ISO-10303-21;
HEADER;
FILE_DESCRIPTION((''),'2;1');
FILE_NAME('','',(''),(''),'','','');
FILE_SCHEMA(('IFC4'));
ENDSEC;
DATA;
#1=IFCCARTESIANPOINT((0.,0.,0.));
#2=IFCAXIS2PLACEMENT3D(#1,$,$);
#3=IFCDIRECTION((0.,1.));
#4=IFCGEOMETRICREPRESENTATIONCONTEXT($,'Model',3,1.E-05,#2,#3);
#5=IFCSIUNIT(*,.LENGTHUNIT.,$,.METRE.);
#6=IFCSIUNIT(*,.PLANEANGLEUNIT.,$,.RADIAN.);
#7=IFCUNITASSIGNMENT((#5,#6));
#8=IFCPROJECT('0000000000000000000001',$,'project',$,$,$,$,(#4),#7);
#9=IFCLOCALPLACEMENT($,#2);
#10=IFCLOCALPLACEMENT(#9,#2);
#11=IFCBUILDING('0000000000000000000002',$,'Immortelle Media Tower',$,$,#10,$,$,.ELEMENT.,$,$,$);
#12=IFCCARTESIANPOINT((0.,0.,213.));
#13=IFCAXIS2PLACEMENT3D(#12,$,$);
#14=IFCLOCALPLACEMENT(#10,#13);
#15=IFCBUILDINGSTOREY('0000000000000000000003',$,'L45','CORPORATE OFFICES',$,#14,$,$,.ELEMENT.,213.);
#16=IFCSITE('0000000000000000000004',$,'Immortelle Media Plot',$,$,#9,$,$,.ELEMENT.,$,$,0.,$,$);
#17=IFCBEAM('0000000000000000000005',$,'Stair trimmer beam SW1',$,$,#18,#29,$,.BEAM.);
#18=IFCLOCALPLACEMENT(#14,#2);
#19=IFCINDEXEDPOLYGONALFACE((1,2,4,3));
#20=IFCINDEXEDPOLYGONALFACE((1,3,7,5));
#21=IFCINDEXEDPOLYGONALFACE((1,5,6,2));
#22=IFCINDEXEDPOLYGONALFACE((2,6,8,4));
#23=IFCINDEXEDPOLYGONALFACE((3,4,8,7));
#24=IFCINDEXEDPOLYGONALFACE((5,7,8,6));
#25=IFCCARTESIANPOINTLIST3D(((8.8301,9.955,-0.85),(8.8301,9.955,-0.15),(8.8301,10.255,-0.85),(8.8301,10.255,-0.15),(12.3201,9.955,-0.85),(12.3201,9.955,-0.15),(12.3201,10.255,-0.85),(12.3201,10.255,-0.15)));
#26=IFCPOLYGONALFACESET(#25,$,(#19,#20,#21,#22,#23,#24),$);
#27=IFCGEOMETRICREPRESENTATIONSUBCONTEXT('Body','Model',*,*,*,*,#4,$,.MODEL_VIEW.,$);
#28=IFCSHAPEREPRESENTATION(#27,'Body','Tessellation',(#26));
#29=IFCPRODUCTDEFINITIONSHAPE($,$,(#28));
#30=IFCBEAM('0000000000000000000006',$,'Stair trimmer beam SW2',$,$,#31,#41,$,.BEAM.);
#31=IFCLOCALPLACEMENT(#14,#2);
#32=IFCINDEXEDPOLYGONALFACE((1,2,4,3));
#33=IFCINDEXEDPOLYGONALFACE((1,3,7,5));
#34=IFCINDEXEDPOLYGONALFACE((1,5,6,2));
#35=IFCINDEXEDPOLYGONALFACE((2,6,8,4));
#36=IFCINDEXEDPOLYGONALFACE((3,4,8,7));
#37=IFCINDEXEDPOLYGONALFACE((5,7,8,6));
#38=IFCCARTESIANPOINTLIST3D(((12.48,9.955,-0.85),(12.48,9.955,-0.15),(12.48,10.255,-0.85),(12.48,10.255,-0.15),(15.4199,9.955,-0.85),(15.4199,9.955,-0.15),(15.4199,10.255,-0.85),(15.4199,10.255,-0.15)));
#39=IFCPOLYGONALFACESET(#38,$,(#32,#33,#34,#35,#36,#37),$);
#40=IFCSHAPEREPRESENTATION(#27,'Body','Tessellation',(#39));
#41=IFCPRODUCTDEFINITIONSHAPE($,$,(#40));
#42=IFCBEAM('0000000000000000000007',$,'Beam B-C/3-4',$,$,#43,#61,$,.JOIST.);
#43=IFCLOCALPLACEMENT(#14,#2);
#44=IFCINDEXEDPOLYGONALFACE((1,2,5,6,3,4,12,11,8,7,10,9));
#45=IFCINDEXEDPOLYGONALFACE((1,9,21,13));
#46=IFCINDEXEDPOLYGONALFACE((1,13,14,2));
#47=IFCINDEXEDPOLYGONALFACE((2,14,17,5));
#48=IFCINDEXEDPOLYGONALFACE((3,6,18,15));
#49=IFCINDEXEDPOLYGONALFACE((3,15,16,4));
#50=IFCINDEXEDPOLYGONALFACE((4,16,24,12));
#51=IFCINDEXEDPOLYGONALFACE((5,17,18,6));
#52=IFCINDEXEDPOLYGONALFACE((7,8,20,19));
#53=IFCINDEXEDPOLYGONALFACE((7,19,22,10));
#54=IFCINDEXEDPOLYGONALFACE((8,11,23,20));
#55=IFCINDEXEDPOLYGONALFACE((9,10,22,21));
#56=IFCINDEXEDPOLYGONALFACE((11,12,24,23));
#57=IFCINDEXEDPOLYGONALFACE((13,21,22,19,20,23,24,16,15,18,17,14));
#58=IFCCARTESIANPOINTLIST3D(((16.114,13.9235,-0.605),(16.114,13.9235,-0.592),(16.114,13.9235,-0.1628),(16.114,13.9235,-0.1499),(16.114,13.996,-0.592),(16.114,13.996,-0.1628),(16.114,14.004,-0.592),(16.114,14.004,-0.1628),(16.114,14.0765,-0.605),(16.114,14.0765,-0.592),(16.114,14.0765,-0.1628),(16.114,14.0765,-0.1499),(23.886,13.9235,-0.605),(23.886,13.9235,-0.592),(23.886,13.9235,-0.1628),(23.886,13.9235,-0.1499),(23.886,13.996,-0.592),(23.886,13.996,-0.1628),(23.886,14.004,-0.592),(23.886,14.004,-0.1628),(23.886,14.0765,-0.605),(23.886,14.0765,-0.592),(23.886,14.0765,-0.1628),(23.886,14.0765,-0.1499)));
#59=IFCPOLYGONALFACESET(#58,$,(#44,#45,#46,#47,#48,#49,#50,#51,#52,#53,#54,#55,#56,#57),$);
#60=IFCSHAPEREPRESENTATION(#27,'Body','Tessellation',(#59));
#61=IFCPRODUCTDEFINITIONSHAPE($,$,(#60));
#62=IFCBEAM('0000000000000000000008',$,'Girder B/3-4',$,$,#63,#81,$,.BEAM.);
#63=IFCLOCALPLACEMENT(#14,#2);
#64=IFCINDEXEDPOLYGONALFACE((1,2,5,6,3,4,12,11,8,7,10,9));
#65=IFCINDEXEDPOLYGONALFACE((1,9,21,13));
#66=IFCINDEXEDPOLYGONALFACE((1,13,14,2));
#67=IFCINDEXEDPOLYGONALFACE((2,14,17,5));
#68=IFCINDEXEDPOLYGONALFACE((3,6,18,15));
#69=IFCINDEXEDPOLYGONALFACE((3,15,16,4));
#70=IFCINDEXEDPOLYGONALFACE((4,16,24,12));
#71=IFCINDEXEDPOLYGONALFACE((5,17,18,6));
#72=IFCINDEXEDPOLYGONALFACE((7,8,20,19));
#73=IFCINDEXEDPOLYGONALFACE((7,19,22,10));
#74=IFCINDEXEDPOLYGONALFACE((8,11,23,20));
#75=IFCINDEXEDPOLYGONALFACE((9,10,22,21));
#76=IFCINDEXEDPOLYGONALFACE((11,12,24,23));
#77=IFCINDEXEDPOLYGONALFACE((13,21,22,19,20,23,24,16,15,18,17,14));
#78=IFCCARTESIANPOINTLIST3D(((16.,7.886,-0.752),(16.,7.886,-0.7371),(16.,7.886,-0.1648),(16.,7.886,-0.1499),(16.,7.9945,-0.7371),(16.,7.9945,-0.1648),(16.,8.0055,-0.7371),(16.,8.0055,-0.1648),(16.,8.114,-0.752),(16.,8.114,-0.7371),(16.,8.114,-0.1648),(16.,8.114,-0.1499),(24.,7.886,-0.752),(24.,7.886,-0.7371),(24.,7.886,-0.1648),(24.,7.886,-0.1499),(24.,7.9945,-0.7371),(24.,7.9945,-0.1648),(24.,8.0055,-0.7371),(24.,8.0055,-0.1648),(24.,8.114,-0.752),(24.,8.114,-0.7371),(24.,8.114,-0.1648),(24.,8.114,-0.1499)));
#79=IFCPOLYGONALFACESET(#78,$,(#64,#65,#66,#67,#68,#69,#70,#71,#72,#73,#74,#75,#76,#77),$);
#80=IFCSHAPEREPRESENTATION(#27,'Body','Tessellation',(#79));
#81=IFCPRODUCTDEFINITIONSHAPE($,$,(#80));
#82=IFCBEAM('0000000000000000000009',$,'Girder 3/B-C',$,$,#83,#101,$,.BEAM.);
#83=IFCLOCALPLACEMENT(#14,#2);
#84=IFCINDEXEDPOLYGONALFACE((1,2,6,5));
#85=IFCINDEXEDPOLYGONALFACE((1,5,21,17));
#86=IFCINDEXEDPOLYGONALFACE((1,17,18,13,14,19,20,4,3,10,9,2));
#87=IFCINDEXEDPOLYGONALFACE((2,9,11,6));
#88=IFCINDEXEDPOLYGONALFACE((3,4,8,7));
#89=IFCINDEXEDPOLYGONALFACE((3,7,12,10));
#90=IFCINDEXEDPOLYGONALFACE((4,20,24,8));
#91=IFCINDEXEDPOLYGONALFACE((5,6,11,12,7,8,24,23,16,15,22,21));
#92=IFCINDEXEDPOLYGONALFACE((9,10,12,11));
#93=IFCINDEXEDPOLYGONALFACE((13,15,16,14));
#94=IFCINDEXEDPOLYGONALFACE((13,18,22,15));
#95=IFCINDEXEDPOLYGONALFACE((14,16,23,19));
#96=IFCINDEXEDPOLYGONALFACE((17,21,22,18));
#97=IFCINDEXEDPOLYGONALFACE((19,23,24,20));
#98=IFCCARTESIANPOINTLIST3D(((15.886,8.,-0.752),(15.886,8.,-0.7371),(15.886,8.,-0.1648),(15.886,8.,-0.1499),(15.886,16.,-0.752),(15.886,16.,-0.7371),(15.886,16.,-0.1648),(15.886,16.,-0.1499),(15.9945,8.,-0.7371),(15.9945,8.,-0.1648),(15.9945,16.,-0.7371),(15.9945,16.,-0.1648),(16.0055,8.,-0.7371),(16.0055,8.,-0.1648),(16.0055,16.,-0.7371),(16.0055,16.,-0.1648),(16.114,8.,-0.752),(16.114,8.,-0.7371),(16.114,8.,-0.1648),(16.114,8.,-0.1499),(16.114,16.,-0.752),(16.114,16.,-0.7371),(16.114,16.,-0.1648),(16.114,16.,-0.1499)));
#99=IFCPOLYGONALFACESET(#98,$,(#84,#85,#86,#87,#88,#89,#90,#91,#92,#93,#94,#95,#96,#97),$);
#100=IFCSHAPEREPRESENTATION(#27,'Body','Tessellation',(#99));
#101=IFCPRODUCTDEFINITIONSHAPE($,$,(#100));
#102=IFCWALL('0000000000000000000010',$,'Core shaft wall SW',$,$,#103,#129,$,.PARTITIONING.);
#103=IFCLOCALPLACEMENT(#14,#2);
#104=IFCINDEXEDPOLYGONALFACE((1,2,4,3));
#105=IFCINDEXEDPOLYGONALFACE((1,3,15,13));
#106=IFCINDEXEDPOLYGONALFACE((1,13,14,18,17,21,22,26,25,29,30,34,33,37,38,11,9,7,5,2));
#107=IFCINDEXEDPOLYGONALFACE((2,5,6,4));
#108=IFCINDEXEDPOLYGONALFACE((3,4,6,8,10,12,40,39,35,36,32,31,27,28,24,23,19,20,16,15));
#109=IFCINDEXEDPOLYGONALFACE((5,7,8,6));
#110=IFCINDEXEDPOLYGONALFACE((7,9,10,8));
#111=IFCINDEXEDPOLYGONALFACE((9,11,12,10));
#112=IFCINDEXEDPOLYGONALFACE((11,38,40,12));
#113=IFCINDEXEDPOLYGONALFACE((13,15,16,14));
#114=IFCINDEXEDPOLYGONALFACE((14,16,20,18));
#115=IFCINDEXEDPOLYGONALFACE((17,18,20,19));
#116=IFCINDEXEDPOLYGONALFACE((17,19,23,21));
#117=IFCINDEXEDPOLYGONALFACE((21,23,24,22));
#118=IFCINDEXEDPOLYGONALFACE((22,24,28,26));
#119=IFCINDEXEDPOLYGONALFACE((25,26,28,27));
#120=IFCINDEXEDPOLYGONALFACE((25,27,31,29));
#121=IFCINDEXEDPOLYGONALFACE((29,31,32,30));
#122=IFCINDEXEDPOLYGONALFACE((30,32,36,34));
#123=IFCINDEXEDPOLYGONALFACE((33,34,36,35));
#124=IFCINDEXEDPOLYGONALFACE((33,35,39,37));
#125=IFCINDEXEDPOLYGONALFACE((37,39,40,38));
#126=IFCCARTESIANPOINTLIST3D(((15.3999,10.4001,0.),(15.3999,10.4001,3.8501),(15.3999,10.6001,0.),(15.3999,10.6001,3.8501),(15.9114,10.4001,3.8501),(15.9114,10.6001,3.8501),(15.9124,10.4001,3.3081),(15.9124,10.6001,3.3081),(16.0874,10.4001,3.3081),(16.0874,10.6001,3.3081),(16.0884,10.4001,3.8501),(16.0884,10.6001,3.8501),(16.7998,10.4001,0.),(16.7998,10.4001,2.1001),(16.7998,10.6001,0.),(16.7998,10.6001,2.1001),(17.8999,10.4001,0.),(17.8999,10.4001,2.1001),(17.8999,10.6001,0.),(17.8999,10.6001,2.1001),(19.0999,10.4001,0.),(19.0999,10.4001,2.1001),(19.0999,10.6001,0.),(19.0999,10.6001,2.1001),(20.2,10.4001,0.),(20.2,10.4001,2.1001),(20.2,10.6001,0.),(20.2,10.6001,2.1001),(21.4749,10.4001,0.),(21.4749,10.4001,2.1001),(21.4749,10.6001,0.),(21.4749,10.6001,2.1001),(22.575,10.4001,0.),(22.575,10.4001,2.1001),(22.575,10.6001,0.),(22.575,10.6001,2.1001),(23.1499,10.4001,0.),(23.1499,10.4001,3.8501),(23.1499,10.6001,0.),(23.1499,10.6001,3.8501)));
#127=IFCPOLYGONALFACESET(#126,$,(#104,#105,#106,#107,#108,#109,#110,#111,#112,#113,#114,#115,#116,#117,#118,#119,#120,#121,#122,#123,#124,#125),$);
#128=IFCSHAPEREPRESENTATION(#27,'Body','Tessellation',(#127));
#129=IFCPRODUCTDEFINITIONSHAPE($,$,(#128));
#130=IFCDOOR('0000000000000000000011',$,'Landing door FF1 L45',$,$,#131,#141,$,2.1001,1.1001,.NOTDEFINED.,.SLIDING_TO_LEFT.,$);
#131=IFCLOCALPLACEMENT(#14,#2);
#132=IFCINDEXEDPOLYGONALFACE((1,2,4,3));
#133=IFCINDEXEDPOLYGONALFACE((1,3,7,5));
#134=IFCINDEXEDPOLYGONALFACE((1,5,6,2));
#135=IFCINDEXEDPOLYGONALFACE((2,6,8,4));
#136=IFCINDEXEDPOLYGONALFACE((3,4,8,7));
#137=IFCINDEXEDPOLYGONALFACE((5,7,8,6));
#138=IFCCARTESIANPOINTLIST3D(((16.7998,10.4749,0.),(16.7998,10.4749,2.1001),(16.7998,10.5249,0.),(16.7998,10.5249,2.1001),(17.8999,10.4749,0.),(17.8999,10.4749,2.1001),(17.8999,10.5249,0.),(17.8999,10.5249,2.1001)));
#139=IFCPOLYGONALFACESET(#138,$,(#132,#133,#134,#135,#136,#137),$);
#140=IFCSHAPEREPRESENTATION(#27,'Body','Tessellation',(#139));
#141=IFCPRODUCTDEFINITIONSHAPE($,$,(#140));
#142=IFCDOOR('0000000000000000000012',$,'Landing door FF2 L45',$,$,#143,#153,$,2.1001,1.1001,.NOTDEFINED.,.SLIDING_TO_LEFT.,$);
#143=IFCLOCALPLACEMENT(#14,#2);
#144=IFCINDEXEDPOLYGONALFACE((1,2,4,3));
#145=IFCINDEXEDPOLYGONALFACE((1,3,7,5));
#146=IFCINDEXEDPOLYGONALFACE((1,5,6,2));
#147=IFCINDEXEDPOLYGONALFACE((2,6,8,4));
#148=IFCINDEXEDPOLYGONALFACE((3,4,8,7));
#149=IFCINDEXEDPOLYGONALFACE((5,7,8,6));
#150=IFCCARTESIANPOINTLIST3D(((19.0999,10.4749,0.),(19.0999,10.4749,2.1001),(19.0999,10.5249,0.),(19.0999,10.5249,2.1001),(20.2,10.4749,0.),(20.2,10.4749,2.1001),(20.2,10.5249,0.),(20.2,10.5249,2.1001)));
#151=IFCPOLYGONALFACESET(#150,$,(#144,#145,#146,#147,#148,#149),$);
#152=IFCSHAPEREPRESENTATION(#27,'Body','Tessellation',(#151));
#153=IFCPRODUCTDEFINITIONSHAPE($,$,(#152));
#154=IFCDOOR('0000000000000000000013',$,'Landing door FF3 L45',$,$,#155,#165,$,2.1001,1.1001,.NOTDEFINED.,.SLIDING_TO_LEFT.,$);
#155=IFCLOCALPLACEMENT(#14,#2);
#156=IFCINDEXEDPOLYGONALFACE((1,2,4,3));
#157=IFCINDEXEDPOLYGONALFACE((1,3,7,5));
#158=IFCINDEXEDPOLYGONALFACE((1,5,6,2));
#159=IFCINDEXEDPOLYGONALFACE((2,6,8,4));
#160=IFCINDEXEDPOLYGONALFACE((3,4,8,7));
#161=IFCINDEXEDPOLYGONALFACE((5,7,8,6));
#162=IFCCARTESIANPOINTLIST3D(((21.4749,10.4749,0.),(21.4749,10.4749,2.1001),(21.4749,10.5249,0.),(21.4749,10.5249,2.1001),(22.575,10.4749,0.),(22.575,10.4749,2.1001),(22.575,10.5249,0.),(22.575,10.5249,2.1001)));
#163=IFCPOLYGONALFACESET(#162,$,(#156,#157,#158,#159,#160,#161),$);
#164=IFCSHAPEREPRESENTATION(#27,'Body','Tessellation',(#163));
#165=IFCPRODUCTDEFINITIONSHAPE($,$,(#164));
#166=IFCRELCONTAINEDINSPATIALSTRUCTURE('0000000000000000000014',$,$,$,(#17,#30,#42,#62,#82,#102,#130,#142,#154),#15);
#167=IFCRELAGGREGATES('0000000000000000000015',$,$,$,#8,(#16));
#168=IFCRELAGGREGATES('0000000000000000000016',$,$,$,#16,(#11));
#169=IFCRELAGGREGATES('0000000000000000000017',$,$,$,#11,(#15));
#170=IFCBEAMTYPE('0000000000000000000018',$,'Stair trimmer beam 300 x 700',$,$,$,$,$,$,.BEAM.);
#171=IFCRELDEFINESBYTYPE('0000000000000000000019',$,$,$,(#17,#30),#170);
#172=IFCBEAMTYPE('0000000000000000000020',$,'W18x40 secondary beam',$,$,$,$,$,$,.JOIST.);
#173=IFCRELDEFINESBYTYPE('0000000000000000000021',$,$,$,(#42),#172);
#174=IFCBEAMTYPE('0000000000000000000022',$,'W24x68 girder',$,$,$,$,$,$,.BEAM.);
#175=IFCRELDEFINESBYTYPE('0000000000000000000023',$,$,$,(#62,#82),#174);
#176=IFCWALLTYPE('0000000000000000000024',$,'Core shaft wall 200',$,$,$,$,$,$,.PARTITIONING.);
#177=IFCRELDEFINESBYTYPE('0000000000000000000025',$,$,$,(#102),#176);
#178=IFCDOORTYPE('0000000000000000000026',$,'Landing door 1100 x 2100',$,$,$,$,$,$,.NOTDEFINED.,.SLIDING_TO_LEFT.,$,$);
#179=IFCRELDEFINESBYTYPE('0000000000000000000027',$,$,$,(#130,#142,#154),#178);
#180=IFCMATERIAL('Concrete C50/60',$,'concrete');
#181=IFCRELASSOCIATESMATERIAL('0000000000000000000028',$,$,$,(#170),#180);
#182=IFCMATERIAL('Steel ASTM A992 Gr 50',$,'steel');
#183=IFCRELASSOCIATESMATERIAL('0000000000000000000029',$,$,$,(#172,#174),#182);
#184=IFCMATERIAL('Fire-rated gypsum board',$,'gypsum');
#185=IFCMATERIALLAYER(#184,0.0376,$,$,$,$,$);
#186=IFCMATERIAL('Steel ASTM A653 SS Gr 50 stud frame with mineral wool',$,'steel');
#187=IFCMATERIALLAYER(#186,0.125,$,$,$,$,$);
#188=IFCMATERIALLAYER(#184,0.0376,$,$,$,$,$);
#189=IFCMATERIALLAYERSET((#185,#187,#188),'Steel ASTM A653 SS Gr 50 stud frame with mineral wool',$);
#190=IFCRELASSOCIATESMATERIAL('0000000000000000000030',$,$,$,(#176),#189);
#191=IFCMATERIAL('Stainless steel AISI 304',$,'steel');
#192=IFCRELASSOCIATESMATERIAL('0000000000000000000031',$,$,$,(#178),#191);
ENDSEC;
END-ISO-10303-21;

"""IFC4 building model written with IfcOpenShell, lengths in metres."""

from ifc_helpers import new_model, si_unit, direction, frame, frame_2d, origin, origin_2d, place, context, subcontext, project, spatial, polyline, rectangle, i_section, outline, extrude, material, layer, layer_set, material_profile, profile_set, type_object, element, fill, save


model = new_model("IFC4")

# Units and contexts
model_context = context("Model", 3, precision=1e-05, world=origin(), true_north=direction((0.0, 1.0)))
body_context = subcontext(model_context, "Body", "Model", "MODEL_VIEW")
ifc_project = project(units=[si_unit("LENGTHUNIT", "METRE"), si_unit("PLANEANGLEUNIT", "RADIAN")], contexts=[model_context])

# Site, building, storey
site_placement = place(None, origin())
site = spatial("IfcSite", under=ifc_project, at=site_placement, Name="Immortelle Media Plot", CompositionType="ELEMENT", RefElevation=0.0)
building_placement = place(site_placement, origin())
building = spatial("IfcBuilding", under=site, at=building_placement, Name="Immortelle Media Tower", CompositionType="ELEMENT")
storey_placement = place(building_placement, frame((0.0, 0.0, 213.0)))
storey = spatial("IfcBuildingStorey", under=building, at=storey_placement, Name="L45", Description="CORPORATE OFFICES", CompositionType="ELEMENT", Elevation=213.0)

# Beams
ifc_material_1 = material(Name="Concrete C50/60", Category="concrete")
ifc_material_profile_1 = material_profile(ifc_material_1, rectangle(XDim=0.3, YDim=0.7, at=origin_2d()), Name="RC 300x700")
ifc_profile_set_1 = profile_set([ifc_material_profile_1], Name="Concrete C50/60")
beam_type_1 = type_object("IfcBeamType", Name="Stair trimmer beam 300 x 700", PredefinedType="BEAM", material=ifc_profile_set_1)
beam_1_placement = place(storey_placement, frame((8.8301, 10.105, -0.5), z_axis=(1.0, 0.0, 0.0), x_axis=(0.0, 1.0, 0.0)))
element("IfcBeam", 1, at=beam_1_placement, inside=storey, type_object=beam_type_1, Name="Stair trimmer beam SW1", PredefinedType="BEAM", context=body_context, shape_type="SweptSolid", body=[
    extrude(rectangle(XDim=0.3, YDim=0.7, at=origin_2d()), origin(), (0.0, 0.0, 1.0), 3.49),
])
beam_2_placement = place(storey_placement, frame((12.48, 10.105, -0.5), z_axis=(1.0, 0.0, 0.0), x_axis=(0.0, 1.0, 0.0)))
element("IfcBeam", 2, at=beam_2_placement, inside=storey, type_object=beam_type_1, Name="Stair trimmer beam SW2", PredefinedType="BEAM", context=body_context, shape_type="SweptSolid", body=[
    extrude(rectangle(XDim=0.3, YDim=0.7, at=origin_2d()), origin(), (0.0, 0.0, 1.0), 2.9399),
])
ifc_material_2 = material(Name="Steel ASTM A992 Gr 50", Category="steel")
ifc_material_profile_2 = material_profile(ifc_material_2, i_section(OverallWidth=0.1531, OverallDepth=0.4551, WebThickness=0.0081, FlangeThickness=0.0129, at=origin_2d()), Name="W18x40")
ifc_profile_set_2 = profile_set([ifc_material_profile_2], Name="Steel ASTM A992 Gr 50")
beam_type_2 = type_object("IfcBeamType", Name="W18x40 secondary beam", PredefinedType="JOIST", material=ifc_profile_set_2)
beam_3_placement = place(storey_placement, frame((16.114, 14.0, -0.3774), z_axis=(1.0, 0.0, 0.0), x_axis=(0.0, 1.0, 0.0)))
element("IfcBeam", 3, at=beam_3_placement, inside=storey, type_object=beam_type_2, Name="Beam B-C/3-4", PredefinedType="JOIST", context=body_context, shape_type="SweptSolid", body=[
    extrude(i_section(OverallWidth=0.1531, OverallDepth=0.4551, WebThickness=0.0081, FlangeThickness=0.0129, at=origin_2d()), origin(), (0.0, 0.0, 1.0), 7.772),
])
ifc_material_profile_3 = material_profile(ifc_material_2, i_section(OverallWidth=0.228, OverallDepth=0.6021, WebThickness=0.011, FlangeThickness=0.0149, at=origin_2d()), Name="W24x68")
ifc_profile_set_3 = profile_set([ifc_material_profile_3], Name="Steel ASTM A992 Gr 50")
beam_type_3 = type_object("IfcBeamType", Name="W24x68 girder", PredefinedType="BEAM", material=ifc_profile_set_3)
for number, where, z_axis, x_axis, name in (
    (4, (16.0, 8.0, -0.4509), (1.0, 0.0, 0.0), (0.0, 1.0, 0.0), "Girder B/3-4"),
    (5, (16.0, 8.0, -0.4509), (0.0, 1.0, 0.0), (-1.0, 0.0, 0.0), "Girder 3/B-C"),
):
    element("IfcBeam", number, at=place(storey_placement, frame(where, z_axis=z_axis, x_axis=x_axis)), inside=storey, type_object=beam_type_3, Name=name, PredefinedType="BEAM", context=body_context, shape_type="SweptSolid", body=[
        extrude(i_section(OverallWidth=0.228, OverallDepth=0.6021, WebThickness=0.011, FlangeThickness=0.0149, at=origin_2d()), origin(), (0.0, 0.0, 1.0), 8.0),
    ])

# Wall, openings, doors
ifc_material_3 = material(Name="Fire-rated gypsum board", Category="gypsum")
ifc_layer_1 = layer(ifc_material_3, 0.0376)
ifc_material_4 = material(Name="Steel ASTM A653 SS Gr 50 stud frame with mineral wool", Category="steel")
ifc_layer_2 = layer(ifc_material_4, 0.125)
ifc_layer_3 = layer(ifc_material_3, 0.0376)
ifc_layer_set_1 = layer_set([ifc_layer_1, ifc_layer_2, ifc_layer_3], Name="Steel ASTM A653 SS Gr 50 stud frame with mineral wool")
wall_type_1 = type_object("IfcWallType", Name="Core shaft wall 200", PredefinedType="PARTITIONING", material=ifc_layer_set_1)
wall_1_placement = place(storey_placement, frame((15.3999, 10.5, 0.0), z_axis=(0.0, 0.0, 1.0), x_axis=(1.0, 0.0, 0.0)))
wall_1 = element("IfcWall", 6, at=wall_1_placement, inside=storey, type_object=wall_type_1, Name="Core shaft wall SW", PredefinedType="PARTITIONING", context=body_context, shape_type="SweptSolid", body=[
    extrude(outline(polyline([(0.0, 0.0), (7.75, 0.0), (7.75, 3.8501), (0.6885, 3.8501), (0.6875, 3.3081), (0.5125, 3.3081), (0.5115, 3.8501), (0.0, 3.8501), (0.0, 0.0)])), frame((0.0, 0.1001, 0.0), z_axis=(0.0, -1.0, 0.0), x_axis=(1.0, 0.0, 0.0)), (0.0, 0.0, 1.0), 0.2),
])
opening_1_placement = place(wall_1_placement, frame((1.3999, 0.0, 0.0)))
opening_1 = element("IfcOpeningElement", 7, at=opening_1_placement, cuts=wall_1, PredefinedType="OPENING", context=body_context, shape_type="SweptSolid", body=[
    extrude(rectangle(XDim=1.1001, YDim=2.1001, at=frame_2d((0.55, 1.05))), frame((0.0, 0.1099, 0.0), z_axis=(0.0, -1.0, 0.0), x_axis=(1.0, 0.0, 0.0)), (0.0, 0.0, 1.0), 0.22),
])
opening_2_placement = place(wall_1_placement, frame((3.7, 0.0, 0.0)))
opening_2 = element("IfcOpeningElement", 8, at=opening_2_placement, cuts=wall_1, PredefinedType="OPENING", context=body_context, shape_type="SweptSolid", body=[
    extrude(rectangle(XDim=1.1001, YDim=2.1001, at=frame_2d((0.55, 1.05))), frame((0.0, 0.1099, 0.0), z_axis=(0.0, -1.0, 0.0), x_axis=(1.0, 0.0, 0.0)), (0.0, 0.0, 1.0), 0.22),
])
opening_3_placement = place(wall_1_placement, frame((6.075, 0.0, 0.0)))
opening_3 = element("IfcOpeningElement", 9, at=opening_3_placement, cuts=wall_1, PredefinedType="OPENING", context=body_context, shape_type="SweptSolid", body=[
    extrude(rectangle(XDim=1.1001, YDim=2.1001, at=frame_2d((0.55, 1.05))), frame((0.0, 0.1099, 0.0), z_axis=(0.0, -1.0, 0.0), x_axis=(1.0, 0.0, 0.0)), (0.0, 0.0, 1.0), 0.22),
])
ifc_material_5 = material(Name="Stainless steel AISI 304", Category="steel")
door_type_1 = type_object("IfcDoorType", Name="Landing door 1100 x 2100", OperationType="SLIDING_TO_LEFT", PredefinedType="NOTDEFINED", material=ifc_material_5)
door_1_placement = place(opening_1_placement, origin())
door_1 = element("IfcDoor", 10, at=door_1_placement, inside=storey, type_object=door_type_1, Name="Landing door FF1 L45", OperationType="SLIDING_TO_LEFT", OverallHeight=2.1001, OverallWidth=1.1001, PredefinedType="NOTDEFINED", context=body_context, shape_type="SweptSolid", body=[
    extrude(rectangle(XDim=1.1001, YDim=2.1001, at=frame_2d((0.55, 1.05))), frame((0.0, 0.0249, 0.0), z_axis=(0.0, -1.0, 0.0), x_axis=(1.0, 0.0, 0.0)), (0.0, 0.0, 1.0), 0.05),
])
fill(opening_1, door_1)
door_2_placement = place(opening_2_placement, origin())
door_2 = element("IfcDoor", 11, at=door_2_placement, inside=storey, type_object=door_type_1, Name="Landing door FF2 L45", OperationType="SLIDING_TO_LEFT", OverallHeight=2.1001, OverallWidth=1.1001, PredefinedType="NOTDEFINED", context=body_context, shape_type="SweptSolid", body=[
    extrude(rectangle(XDim=1.1001, YDim=2.1001, at=frame_2d((0.55, 1.05))), frame((0.0, 0.0249, 0.0), z_axis=(0.0, -1.0, 0.0), x_axis=(1.0, 0.0, 0.0)), (0.0, 0.0, 1.0), 0.05),
])
fill(opening_2, door_2)
door_3_placement = place(opening_3_placement, origin())
door_3 = element("IfcDoor", 12, at=door_3_placement, inside=storey, type_object=door_type_1, Name="Landing door FF3 L45", OperationType="SLIDING_TO_LEFT", OverallHeight=2.1001, OverallWidth=1.1001, PredefinedType="NOTDEFINED", context=body_context, shape_type="SweptSolid", body=[
    extrude(rectangle(XDim=1.1001, YDim=2.1001, at=frame_2d((0.55, 1.05))), frame((0.0, 0.0249, 0.0), z_axis=(0.0, -1.0, 0.0), x_axis=(1.0, 0.0, 0.0)), (0.0, 0.0, 1.0), 0.05),
])
fill(opening_3, door_3)

save(model, "model.ifc")
